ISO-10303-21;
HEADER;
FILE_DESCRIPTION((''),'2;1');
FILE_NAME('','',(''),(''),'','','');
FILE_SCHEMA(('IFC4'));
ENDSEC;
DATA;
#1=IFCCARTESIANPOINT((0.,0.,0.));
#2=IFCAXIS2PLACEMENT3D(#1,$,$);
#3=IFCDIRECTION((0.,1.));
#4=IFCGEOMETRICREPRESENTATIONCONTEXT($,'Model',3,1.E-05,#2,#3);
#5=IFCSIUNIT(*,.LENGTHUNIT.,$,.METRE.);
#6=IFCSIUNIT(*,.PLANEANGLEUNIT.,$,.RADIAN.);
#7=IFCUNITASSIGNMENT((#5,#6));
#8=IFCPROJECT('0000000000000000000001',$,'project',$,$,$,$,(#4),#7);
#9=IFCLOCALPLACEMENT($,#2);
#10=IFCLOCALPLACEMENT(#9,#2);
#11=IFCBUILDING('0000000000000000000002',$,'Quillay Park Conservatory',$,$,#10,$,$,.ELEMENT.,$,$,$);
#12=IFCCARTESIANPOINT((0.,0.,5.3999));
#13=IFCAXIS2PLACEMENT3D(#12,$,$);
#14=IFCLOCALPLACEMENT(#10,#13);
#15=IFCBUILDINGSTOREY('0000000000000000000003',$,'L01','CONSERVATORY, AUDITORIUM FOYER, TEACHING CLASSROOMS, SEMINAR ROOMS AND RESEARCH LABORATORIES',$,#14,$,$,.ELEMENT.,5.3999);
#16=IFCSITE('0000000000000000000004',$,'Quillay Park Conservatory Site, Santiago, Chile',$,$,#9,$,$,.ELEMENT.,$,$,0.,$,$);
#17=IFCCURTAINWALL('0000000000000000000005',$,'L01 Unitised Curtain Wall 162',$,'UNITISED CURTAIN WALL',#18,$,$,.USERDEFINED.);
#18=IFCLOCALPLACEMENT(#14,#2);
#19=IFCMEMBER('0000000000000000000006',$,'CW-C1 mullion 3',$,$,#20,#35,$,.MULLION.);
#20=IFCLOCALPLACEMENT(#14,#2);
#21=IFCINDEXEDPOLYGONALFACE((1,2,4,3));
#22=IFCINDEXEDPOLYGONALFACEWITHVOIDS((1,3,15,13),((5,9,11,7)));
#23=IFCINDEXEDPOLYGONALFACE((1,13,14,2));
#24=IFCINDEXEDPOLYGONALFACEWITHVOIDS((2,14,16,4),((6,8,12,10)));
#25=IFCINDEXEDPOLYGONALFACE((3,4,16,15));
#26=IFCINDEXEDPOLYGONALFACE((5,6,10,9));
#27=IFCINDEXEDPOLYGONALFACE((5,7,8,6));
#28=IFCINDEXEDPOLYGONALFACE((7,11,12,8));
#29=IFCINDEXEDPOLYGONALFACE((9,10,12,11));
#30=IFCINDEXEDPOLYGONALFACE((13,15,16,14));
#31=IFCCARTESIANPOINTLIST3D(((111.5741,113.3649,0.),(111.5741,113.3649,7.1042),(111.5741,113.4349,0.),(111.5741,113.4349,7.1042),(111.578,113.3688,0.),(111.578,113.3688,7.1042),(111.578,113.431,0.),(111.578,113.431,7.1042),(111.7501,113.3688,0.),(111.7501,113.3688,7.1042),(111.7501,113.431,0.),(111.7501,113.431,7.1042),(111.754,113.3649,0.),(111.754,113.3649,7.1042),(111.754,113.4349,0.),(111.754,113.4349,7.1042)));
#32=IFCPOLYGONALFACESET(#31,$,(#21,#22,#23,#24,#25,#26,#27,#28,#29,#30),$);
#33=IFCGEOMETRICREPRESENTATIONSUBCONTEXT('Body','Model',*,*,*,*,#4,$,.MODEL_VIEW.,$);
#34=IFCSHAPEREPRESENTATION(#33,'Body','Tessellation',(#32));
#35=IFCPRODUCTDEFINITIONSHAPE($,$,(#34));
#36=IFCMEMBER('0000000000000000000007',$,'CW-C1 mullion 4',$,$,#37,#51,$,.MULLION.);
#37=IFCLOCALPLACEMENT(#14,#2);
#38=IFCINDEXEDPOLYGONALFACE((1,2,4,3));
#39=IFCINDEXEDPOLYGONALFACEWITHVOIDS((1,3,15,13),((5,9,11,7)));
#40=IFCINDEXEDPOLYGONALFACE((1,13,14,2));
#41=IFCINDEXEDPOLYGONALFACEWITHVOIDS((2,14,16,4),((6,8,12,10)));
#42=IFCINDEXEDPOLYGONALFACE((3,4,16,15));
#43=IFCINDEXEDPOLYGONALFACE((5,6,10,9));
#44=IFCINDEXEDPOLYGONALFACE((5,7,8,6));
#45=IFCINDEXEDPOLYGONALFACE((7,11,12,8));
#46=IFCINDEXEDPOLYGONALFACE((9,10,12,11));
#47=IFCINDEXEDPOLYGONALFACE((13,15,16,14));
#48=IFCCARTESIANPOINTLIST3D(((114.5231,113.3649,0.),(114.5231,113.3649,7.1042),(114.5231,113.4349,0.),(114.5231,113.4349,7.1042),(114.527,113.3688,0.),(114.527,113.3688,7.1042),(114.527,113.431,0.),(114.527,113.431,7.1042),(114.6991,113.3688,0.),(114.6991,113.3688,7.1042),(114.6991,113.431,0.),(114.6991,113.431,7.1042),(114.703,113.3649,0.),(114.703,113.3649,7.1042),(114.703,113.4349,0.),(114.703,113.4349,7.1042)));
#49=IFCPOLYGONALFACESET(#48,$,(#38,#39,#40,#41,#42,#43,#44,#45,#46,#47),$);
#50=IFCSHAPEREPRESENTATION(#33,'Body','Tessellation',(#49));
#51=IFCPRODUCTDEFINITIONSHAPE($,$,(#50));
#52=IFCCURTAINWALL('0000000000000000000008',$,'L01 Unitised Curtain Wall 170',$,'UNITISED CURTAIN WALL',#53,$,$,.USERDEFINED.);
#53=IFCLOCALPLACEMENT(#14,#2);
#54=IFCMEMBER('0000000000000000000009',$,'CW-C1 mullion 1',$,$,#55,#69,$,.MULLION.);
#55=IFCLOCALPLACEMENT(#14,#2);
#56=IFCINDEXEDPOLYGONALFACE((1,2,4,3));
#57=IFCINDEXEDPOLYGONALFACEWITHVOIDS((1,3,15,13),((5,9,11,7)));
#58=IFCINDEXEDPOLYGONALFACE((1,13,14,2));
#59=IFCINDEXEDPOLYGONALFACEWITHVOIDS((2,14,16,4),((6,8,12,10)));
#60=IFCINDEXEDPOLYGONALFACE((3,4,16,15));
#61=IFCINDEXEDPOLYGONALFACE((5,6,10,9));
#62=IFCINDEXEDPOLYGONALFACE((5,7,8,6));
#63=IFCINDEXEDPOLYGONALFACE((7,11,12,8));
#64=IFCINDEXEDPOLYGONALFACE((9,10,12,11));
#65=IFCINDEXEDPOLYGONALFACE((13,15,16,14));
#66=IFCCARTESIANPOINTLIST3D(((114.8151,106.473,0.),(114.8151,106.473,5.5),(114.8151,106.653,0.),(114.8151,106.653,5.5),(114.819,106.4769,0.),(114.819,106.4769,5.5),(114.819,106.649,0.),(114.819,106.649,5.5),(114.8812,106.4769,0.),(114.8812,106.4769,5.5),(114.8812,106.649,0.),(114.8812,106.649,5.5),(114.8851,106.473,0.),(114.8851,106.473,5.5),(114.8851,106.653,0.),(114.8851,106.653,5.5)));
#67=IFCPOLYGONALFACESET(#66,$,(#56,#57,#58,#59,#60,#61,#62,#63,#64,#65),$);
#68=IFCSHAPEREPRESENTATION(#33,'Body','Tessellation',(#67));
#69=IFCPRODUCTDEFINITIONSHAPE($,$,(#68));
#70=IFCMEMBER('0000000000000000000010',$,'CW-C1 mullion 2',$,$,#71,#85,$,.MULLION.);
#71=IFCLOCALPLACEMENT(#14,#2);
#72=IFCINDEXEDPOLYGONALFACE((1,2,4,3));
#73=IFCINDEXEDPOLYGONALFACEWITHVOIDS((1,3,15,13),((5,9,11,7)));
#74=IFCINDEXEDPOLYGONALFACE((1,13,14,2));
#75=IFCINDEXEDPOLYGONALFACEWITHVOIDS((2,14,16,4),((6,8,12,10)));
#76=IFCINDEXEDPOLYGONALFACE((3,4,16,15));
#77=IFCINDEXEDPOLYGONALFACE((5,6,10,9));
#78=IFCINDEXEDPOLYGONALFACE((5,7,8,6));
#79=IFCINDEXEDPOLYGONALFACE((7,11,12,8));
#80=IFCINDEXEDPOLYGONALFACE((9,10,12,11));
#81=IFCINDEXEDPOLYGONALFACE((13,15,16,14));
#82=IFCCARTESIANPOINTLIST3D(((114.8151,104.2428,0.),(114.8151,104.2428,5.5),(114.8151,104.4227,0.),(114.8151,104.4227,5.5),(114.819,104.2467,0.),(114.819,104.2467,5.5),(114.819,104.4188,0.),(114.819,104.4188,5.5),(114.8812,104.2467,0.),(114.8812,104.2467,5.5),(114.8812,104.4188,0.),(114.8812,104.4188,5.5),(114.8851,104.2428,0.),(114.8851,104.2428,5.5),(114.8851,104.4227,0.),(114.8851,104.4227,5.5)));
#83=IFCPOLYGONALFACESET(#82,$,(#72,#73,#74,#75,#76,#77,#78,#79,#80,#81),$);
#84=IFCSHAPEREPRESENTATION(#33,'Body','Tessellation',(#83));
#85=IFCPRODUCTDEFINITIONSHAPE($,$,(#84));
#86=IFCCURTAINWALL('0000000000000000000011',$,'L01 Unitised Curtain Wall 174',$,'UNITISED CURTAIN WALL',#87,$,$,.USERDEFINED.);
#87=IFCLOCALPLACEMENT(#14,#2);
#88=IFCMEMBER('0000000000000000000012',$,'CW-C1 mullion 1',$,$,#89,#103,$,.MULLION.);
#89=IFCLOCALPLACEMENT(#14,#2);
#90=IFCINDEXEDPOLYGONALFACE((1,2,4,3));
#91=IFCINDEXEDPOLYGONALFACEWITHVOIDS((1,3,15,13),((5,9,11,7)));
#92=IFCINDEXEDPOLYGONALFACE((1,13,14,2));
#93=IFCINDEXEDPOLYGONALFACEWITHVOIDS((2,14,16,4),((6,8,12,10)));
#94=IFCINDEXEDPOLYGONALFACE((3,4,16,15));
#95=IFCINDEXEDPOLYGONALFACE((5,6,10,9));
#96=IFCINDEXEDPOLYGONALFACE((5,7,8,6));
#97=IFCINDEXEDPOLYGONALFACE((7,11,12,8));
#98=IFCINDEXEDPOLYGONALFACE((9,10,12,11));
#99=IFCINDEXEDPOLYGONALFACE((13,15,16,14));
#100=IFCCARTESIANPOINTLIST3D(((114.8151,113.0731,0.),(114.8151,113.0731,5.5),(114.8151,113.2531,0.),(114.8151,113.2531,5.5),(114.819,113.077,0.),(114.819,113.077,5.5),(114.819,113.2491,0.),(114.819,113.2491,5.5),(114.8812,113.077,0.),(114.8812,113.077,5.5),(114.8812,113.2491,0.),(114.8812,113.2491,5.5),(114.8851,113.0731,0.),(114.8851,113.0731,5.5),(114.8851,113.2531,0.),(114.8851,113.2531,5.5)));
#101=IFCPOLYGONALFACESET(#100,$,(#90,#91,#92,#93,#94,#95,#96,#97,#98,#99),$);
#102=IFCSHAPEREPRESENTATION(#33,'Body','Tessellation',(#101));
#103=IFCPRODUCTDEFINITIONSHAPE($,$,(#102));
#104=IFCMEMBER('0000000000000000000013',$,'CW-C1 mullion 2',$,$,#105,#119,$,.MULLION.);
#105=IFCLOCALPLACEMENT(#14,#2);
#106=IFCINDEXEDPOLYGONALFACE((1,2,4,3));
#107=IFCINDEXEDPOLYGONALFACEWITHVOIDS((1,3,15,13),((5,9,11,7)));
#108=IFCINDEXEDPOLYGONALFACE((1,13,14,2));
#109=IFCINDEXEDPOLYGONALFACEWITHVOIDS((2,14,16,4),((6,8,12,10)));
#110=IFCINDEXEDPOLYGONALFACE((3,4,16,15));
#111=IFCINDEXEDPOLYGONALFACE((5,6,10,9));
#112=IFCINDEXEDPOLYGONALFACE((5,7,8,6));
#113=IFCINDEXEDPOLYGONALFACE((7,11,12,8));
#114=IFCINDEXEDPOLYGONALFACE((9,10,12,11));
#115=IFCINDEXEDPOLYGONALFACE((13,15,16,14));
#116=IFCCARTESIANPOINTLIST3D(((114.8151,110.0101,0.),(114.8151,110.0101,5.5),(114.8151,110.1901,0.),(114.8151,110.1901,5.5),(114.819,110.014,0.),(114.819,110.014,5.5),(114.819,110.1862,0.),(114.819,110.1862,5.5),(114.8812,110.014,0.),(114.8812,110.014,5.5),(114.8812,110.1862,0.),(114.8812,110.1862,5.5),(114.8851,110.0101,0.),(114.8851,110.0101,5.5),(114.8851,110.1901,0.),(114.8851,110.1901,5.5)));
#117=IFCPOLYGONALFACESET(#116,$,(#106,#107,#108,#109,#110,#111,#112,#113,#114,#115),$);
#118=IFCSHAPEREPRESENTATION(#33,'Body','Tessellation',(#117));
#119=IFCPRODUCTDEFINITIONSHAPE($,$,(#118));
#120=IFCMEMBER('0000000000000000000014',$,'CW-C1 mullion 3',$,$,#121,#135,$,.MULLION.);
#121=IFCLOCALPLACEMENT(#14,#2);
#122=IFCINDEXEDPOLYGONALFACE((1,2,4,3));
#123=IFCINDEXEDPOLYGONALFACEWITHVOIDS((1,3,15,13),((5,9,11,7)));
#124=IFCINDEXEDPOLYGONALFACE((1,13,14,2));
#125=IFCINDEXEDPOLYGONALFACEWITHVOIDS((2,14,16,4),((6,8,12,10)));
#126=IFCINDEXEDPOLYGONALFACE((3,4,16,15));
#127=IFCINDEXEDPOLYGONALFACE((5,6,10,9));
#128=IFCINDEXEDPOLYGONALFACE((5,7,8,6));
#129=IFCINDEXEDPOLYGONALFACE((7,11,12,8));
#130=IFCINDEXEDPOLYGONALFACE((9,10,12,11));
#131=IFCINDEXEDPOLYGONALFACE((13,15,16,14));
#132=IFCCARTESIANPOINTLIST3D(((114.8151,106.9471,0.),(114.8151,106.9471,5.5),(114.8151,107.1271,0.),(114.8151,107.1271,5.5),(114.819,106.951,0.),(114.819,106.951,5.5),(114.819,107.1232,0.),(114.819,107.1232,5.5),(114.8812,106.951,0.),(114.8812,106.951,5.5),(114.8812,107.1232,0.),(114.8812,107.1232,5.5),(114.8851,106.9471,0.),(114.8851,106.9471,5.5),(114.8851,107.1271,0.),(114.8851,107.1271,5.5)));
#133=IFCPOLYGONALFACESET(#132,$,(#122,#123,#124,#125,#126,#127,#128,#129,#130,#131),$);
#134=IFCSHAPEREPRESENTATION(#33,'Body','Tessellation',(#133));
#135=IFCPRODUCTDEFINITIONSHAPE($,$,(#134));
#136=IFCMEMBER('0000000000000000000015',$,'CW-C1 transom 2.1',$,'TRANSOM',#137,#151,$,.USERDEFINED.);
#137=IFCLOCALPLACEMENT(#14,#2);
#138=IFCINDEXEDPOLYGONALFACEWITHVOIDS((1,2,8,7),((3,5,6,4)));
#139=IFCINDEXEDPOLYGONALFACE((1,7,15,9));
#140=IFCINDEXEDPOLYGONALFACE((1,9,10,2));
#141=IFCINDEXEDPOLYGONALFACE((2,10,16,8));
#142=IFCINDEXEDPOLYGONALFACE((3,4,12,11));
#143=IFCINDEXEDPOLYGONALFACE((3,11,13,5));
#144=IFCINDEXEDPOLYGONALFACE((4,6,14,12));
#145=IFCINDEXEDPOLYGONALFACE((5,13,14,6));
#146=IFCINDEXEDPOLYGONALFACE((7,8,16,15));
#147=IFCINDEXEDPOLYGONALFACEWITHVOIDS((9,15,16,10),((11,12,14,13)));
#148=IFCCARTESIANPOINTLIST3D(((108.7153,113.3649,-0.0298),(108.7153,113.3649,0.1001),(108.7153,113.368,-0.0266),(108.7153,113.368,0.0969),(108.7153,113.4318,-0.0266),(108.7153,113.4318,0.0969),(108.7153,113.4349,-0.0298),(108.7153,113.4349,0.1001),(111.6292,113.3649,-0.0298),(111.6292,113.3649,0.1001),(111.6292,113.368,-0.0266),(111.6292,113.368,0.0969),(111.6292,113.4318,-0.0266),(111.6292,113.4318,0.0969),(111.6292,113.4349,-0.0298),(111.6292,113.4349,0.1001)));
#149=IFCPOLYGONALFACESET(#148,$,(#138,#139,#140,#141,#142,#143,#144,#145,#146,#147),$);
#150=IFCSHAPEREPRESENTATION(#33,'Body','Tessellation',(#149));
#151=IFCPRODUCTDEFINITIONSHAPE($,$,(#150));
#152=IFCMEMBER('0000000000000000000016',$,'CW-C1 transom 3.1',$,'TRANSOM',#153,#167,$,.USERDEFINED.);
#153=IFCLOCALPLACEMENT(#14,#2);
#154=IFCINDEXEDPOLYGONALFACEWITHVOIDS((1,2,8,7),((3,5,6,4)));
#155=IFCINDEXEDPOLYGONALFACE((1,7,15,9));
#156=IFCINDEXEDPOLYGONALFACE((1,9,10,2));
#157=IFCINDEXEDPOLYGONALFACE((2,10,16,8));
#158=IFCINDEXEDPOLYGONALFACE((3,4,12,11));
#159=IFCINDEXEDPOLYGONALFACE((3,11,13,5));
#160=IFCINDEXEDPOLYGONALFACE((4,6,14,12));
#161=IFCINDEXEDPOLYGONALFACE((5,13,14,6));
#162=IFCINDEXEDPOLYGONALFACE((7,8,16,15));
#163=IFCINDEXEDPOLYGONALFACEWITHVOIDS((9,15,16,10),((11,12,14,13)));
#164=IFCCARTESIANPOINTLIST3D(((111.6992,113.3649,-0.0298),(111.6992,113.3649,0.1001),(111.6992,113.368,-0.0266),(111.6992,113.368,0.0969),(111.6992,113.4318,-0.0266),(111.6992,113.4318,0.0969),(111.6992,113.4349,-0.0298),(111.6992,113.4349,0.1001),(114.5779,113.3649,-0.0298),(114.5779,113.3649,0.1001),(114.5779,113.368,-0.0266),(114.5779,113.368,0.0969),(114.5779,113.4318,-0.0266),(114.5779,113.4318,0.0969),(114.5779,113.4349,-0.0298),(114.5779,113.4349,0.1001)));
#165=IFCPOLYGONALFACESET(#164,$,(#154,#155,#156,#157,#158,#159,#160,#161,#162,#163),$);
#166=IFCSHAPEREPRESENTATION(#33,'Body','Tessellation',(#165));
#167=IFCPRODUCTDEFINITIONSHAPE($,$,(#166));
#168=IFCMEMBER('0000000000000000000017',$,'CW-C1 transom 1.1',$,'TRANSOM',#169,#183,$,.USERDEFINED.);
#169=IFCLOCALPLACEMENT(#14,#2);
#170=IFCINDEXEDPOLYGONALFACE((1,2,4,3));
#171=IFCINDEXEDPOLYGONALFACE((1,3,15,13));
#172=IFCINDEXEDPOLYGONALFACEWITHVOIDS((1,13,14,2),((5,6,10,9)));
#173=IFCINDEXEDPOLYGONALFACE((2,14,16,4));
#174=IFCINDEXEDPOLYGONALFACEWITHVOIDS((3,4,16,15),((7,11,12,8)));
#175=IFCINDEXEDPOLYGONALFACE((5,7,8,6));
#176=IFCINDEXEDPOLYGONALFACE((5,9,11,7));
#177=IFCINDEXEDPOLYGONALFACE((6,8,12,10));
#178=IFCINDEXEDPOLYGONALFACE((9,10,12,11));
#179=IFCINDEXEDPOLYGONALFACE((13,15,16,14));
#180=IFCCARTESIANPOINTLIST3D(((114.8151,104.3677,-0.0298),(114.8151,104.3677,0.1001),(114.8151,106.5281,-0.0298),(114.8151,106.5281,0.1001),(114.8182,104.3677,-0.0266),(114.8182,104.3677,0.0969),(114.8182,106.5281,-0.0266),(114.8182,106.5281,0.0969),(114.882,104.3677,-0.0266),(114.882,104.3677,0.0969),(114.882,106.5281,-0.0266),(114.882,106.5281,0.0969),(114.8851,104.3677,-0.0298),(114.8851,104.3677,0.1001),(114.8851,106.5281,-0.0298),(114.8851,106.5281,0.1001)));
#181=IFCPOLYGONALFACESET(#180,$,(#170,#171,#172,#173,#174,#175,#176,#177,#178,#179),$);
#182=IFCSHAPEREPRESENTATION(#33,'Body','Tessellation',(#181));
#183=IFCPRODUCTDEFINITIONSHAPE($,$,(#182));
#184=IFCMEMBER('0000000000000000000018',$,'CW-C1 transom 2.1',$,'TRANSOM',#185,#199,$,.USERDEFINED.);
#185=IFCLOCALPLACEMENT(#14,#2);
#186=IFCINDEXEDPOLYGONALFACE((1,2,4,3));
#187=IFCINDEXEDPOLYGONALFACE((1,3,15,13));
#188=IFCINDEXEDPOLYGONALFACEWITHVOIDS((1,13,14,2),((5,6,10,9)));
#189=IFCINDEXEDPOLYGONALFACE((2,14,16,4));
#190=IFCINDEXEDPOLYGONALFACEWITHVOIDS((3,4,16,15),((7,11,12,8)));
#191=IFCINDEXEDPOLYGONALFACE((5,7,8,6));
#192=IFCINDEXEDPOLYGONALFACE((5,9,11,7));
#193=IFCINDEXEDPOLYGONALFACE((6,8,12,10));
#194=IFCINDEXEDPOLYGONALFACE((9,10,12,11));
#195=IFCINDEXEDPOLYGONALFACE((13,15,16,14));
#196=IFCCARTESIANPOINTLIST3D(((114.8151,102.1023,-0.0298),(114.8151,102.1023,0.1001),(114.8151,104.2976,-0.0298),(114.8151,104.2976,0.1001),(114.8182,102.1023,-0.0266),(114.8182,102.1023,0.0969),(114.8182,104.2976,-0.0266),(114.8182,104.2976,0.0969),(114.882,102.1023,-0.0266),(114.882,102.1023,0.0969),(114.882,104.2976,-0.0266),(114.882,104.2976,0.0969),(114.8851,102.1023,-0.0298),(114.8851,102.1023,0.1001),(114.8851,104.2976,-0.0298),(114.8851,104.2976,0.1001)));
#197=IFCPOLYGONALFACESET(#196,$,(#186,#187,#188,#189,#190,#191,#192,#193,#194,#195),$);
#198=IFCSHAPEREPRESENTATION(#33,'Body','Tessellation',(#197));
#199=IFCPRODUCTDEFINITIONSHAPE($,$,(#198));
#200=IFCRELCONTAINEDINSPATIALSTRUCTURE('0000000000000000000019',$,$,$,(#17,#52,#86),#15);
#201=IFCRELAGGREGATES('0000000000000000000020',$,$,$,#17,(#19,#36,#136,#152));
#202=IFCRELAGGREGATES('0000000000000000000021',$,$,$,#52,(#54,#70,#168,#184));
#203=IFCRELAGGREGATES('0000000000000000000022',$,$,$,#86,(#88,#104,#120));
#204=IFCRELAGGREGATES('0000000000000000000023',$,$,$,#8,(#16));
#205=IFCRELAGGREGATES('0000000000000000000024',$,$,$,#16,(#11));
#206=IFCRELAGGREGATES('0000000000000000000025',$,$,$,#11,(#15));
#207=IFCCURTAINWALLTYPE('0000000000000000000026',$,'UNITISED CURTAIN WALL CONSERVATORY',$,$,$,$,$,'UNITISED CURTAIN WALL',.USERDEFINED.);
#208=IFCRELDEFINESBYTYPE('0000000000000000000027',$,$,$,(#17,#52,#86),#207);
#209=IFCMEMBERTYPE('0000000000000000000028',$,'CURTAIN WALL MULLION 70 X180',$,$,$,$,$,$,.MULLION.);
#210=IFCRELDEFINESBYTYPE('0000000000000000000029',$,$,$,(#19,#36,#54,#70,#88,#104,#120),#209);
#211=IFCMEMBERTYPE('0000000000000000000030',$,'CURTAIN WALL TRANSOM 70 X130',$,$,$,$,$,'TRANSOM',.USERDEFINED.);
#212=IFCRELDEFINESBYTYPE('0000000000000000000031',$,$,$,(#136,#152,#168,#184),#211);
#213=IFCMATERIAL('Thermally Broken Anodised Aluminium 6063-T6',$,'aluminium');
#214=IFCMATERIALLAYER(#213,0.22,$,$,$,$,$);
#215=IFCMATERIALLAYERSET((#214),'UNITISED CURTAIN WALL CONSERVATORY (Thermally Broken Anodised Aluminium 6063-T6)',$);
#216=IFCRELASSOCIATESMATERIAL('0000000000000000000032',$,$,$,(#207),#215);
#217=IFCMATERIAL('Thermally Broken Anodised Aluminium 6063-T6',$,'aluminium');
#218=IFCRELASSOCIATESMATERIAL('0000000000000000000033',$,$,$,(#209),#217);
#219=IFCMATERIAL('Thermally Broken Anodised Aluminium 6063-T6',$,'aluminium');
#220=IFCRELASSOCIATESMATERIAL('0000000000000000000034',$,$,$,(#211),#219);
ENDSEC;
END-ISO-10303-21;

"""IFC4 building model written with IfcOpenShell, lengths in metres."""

from ifc_helpers import new_model, si_unit, direction, frame, origin, origin_2d, place, context, subcontext, project, spatial, hollow_rectangle, extrude, material, layer, layer_set, material_profile, profile_set, type_object, element, aggregate, save


model = new_model("IFC4")

# Units and contexts
model_context = context("Model", 3, precision=1e-05, world=origin(), true_north=direction((0.0, 1.0)))
body_context = subcontext(model_context, "Body", "Model", "MODEL_VIEW")
ifc_project = project(units=[si_unit("LENGTHUNIT", "METRE"), si_unit("PLANEANGLEUNIT", "RADIAN")], contexts=[model_context])

# Site, building, storey
site_placement = place(None, origin())
site = spatial("IfcSite", under=ifc_project, at=site_placement, Name="Quillay Park Conservatory Site, Santiago, Chile", CompositionType="ELEMENT", RefElevation=0.0)
building_placement = place(site_placement, origin())
building = spatial("IfcBuilding", under=site, at=building_placement, Name="Quillay Park Conservatory", CompositionType="ELEMENT")
storey_placement = place(building_placement, frame((0.0, 0.0, 5.3999)))
storey = spatial("IfcBuildingStorey", under=building, at=storey_placement, Name="L01", Description="CONSERVATORY, AUDITORIUM FOYER, TEACHING CLASSROOMS, SEMINAR ROOMS AND RESEARCH LABORATORIES", CompositionType="ELEMENT", Elevation=5.3999)

# Curtain walls, members
ifc_material_1 = material(Name="Thermally Broken Anodised Aluminium 6063-T6", Category="aluminium")
ifc_layer_1 = layer(ifc_material_1, 0.22)
ifc_layer_set_1 = layer_set([ifc_layer_1], Name="UNITISED CURTAIN WALL CONSERVATORY (Thermally Broken Anodised Aluminium 6063-T6)")
curtain_wall_type_1 = type_object("IfcCurtainWallType", Name="UNITISED CURTAIN WALL CONSERVATORY", ElementType="UNITISED CURTAIN WALL", PredefinedType="USERDEFINED", material=ifc_layer_set_1)
curtain_wall_1_placement = place(storey_placement, origin())
curtain_wall_1 = element("IfcCurtainWall", 1, at=curtain_wall_1_placement, inside=storey, type_object=curtain_wall_type_1, Name="L01 Unitised Curtain Wall 162", ObjectType="UNITISED CURTAIN WALL", PredefinedType="USERDEFINED")
ifc_material_2 = material(Name="Thermally Broken Anodised Aluminium 6063-T6", Category="aluminium")
ifc_material_profile_1 = material_profile(ifc_material_2, hollow_rectangle(XDim=0.0701, YDim=0.1799, WallThickness=0.0039, at=origin_2d()), Name="AL70x180x4")
ifc_profile_set_1 = profile_set([ifc_material_profile_1], Name="Thermally Broken Anodised Aluminium 6063-T6")
member_type_1 = type_object("IfcMemberType", Name="CURTAIN WALL MULLION 70 X180", PredefinedType="MULLION", material=ifc_profile_set_1)
member_1_placement = place(storey_placement, frame((111.6641, 113.3999, 0.0), z_axis=(0.0, 0.0, 1.0), x_axis=(0.0, 1.0, 0.0)))
member_1 = element("IfcMember", 2, at=member_1_placement, type_object=member_type_1, Name="CW-C1 mullion 3", PredefinedType="MULLION", context=body_context, shape_type="SweptSolid", body=[
    extrude(hollow_rectangle(XDim=0.0701, YDim=0.1799, WallThickness=0.0039, at=origin_2d()), origin(), (0.0, 0.0, 1.0), 7.1042),
])
member_2_placement = place(storey_placement, frame((114.613, 113.3999, 0.0), z_axis=(0.0, 0.0, 1.0), x_axis=(0.0, 1.0, 0.0)))
member_2 = element("IfcMember", 3, at=member_2_placement, type_object=member_type_1, Name="CW-C1 mullion 4", PredefinedType="MULLION", context=body_context, shape_type="SweptSolid", body=[
    extrude(hollow_rectangle(XDim=0.0701, YDim=0.1799, WallThickness=0.0039, at=origin_2d()), origin(), (0.0, 0.0, 1.0), 7.1042),
])
curtain_wall_2_placement = place(storey_placement, origin())
curtain_wall_2 = element("IfcCurtainWall", 4, at=curtain_wall_2_placement, inside=storey, type_object=curtain_wall_type_1, Name="L01 Unitised Curtain Wall 170", ObjectType="UNITISED CURTAIN WALL", PredefinedType="USERDEFINED")
member_3_placement = place(storey_placement, frame((114.8501, 106.563, 0.0), z_axis=(0.0, 0.0, 1.0), x_axis=(1.0, 0.0, 0.0)))
member_3 = element("IfcMember", 5, at=member_3_placement, type_object=member_type_1, Name="CW-C1 mullion 1", PredefinedType="MULLION", context=body_context, shape_type="SweptSolid", body=[
    extrude(hollow_rectangle(XDim=0.0701, YDim=0.1799, WallThickness=0.0039, at=origin_2d()), origin(), (0.0, 0.0, 1.0), 5.5),
])
member_4_placement = place(storey_placement, frame((114.8501, 104.3328, 0.0), z_axis=(0.0, 0.0, 1.0), x_axis=(1.0, 0.0, 0.0)))
member_4 = element("IfcMember", 6, at=member_4_placement, type_object=member_type_1, Name="CW-C1 mullion 2", PredefinedType="MULLION", context=body_context, shape_type="SweptSolid", body=[
    extrude(hollow_rectangle(XDim=0.0701, YDim=0.1799, WallThickness=0.0039, at=origin_2d()), origin(), (0.0, 0.0, 1.0), 5.5),
])
curtain_wall_3_placement = place(storey_placement, origin())
curtain_wall_3 = element("IfcCurtainWall", 7, at=curtain_wall_3_placement, inside=storey, type_object=curtain_wall_type_1, Name="L01 Unitised Curtain Wall 174", ObjectType="UNITISED CURTAIN WALL", PredefinedType="USERDEFINED")
member_5_placement = place(storey_placement, frame((114.8501, 113.1631, 0.0), z_axis=(0.0, 0.0, 1.0), x_axis=(1.0, 0.0, 0.0)))
member_5 = element("IfcMember", 8, at=member_5_placement, type_object=member_type_1, Name="CW-C1 mullion 1", PredefinedType="MULLION", context=body_context, shape_type="SweptSolid", body=[
    extrude(hollow_rectangle(XDim=0.0701, YDim=0.1799, WallThickness=0.0039, at=origin_2d()), origin(), (0.0, 0.0, 1.0), 5.5),
])
member_6_placement = place(storey_placement, frame((114.8501, 110.1001, 0.0), z_axis=(0.0, 0.0, 1.0), x_axis=(1.0, 0.0, 0.0)))
member_6 = element("IfcMember", 9, at=member_6_placement, type_object=member_type_1, Name="CW-C1 mullion 2", PredefinedType="MULLION", context=body_context, shape_type="SweptSolid", body=[
    extrude(hollow_rectangle(XDim=0.0701, YDim=0.1799, WallThickness=0.0039, at=origin_2d()), origin(), (0.0, 0.0, 1.0), 5.5),
])
member_7_placement = place(storey_placement, frame((114.8501, 107.0371, 0.0), z_axis=(0.0, 0.0, 1.0), x_axis=(1.0, 0.0, 0.0)))
member_7 = element("IfcMember", 10, at=member_7_placement, type_object=member_type_1, Name="CW-C1 mullion 3", PredefinedType="MULLION", context=body_context, shape_type="SweptSolid", body=[
    extrude(hollow_rectangle(XDim=0.0701, YDim=0.1799, WallThickness=0.0039, at=origin_2d()), origin(), (0.0, 0.0, 1.0), 5.5),
])

# Members
ifc_material_3 = material(Name="Thermally Broken Anodised Aluminium 6063-T6", Category="aluminium")
ifc_material_profile_2 = material_profile(ifc_material_3, hollow_rectangle(XDim=0.0701, YDim=0.1299, WallThickness=0.0032, at=origin_2d()), Name="AL70x130x3.2")
ifc_profile_set_2 = profile_set([ifc_material_profile_2], Name="Thermally Broken Anodised Aluminium 6063-T6")
member_type_2 = type_object("IfcMemberType", Name="CURTAIN WALL TRANSOM 70 X130", ElementType="TRANSOM", PredefinedType="USERDEFINED", material=ifc_profile_set_2)
member_8_placement = place(storey_placement, frame((108.7153, 113.3999, 0.0352), z_axis=(1.0, 0.0, 0.0), x_axis=(0.0, 1.0, 0.0)))
member_8 = element("IfcMember", 11, at=member_8_placement, type_object=member_type_2, Name="CW-C1 transom 2.1", ObjectType="TRANSOM", PredefinedType="USERDEFINED", context=body_context, shape_type="SweptSolid", body=[
    extrude(hollow_rectangle(XDim=0.0701, YDim=0.1299, WallThickness=0.0032, at=origin_2d()), origin(), (0.0, 0.0, 1.0), 2.9138),
])
member_9_placement = place(storey_placement, frame((111.6992, 113.3999, 0.0352), z_axis=(1.0, 0.0, 0.0), x_axis=(0.0, 1.0, 0.0)))
member_9 = element("IfcMember", 12, at=member_9_placement, type_object=member_type_2, Name="CW-C1 transom 3.1", ObjectType="TRANSOM", PredefinedType="USERDEFINED", context=body_context, shape_type="SweptSolid", body=[
    extrude(hollow_rectangle(XDim=0.0701, YDim=0.1299, WallThickness=0.0032, at=origin_2d()), origin(), (0.0, 0.0, 1.0), 2.8787),
])
member_10_placement = place(storey_placement, frame((114.8501, 106.5281, 0.0352), z_axis=(0.0, -1.0, 0.0), x_axis=(1.0, 0.0, 0.0)))
member_10 = element("IfcMember", 13, at=member_10_placement, type_object=member_type_2, Name="CW-C1 transom 1.1", ObjectType="TRANSOM", PredefinedType="USERDEFINED", context=body_context, shape_type="SweptSolid", body=[
    extrude(hollow_rectangle(XDim=0.0701, YDim=0.1299, WallThickness=0.0032, at=origin_2d()), origin(), (0.0, 0.0, 1.0), 2.1604),
])
member_11_placement = place(storey_placement, frame((114.8501, 104.2976, 0.0352), z_axis=(0.0, -1.0, 0.0), x_axis=(1.0, 0.0, 0.0)))
member_11 = element("IfcMember", 14, at=member_11_placement, type_object=member_type_2, Name="CW-C1 transom 2.1", ObjectType="TRANSOM", PredefinedType="USERDEFINED", context=body_context, shape_type="SweptSolid", body=[
    extrude(hollow_rectangle(XDim=0.0701, YDim=0.1299, WallThickness=0.0032, at=origin_2d()), origin(), (0.0, 0.0, 1.0), 2.1953),
])

aggregate(curtain_wall_1, [member_1, member_2, member_8, member_9])
aggregate(curtain_wall_2, [member_3, member_4, member_10, member_11])
aggregate(curtain_wall_3, [member_5, member_6, member_7])

save(model, "model.ifc")
